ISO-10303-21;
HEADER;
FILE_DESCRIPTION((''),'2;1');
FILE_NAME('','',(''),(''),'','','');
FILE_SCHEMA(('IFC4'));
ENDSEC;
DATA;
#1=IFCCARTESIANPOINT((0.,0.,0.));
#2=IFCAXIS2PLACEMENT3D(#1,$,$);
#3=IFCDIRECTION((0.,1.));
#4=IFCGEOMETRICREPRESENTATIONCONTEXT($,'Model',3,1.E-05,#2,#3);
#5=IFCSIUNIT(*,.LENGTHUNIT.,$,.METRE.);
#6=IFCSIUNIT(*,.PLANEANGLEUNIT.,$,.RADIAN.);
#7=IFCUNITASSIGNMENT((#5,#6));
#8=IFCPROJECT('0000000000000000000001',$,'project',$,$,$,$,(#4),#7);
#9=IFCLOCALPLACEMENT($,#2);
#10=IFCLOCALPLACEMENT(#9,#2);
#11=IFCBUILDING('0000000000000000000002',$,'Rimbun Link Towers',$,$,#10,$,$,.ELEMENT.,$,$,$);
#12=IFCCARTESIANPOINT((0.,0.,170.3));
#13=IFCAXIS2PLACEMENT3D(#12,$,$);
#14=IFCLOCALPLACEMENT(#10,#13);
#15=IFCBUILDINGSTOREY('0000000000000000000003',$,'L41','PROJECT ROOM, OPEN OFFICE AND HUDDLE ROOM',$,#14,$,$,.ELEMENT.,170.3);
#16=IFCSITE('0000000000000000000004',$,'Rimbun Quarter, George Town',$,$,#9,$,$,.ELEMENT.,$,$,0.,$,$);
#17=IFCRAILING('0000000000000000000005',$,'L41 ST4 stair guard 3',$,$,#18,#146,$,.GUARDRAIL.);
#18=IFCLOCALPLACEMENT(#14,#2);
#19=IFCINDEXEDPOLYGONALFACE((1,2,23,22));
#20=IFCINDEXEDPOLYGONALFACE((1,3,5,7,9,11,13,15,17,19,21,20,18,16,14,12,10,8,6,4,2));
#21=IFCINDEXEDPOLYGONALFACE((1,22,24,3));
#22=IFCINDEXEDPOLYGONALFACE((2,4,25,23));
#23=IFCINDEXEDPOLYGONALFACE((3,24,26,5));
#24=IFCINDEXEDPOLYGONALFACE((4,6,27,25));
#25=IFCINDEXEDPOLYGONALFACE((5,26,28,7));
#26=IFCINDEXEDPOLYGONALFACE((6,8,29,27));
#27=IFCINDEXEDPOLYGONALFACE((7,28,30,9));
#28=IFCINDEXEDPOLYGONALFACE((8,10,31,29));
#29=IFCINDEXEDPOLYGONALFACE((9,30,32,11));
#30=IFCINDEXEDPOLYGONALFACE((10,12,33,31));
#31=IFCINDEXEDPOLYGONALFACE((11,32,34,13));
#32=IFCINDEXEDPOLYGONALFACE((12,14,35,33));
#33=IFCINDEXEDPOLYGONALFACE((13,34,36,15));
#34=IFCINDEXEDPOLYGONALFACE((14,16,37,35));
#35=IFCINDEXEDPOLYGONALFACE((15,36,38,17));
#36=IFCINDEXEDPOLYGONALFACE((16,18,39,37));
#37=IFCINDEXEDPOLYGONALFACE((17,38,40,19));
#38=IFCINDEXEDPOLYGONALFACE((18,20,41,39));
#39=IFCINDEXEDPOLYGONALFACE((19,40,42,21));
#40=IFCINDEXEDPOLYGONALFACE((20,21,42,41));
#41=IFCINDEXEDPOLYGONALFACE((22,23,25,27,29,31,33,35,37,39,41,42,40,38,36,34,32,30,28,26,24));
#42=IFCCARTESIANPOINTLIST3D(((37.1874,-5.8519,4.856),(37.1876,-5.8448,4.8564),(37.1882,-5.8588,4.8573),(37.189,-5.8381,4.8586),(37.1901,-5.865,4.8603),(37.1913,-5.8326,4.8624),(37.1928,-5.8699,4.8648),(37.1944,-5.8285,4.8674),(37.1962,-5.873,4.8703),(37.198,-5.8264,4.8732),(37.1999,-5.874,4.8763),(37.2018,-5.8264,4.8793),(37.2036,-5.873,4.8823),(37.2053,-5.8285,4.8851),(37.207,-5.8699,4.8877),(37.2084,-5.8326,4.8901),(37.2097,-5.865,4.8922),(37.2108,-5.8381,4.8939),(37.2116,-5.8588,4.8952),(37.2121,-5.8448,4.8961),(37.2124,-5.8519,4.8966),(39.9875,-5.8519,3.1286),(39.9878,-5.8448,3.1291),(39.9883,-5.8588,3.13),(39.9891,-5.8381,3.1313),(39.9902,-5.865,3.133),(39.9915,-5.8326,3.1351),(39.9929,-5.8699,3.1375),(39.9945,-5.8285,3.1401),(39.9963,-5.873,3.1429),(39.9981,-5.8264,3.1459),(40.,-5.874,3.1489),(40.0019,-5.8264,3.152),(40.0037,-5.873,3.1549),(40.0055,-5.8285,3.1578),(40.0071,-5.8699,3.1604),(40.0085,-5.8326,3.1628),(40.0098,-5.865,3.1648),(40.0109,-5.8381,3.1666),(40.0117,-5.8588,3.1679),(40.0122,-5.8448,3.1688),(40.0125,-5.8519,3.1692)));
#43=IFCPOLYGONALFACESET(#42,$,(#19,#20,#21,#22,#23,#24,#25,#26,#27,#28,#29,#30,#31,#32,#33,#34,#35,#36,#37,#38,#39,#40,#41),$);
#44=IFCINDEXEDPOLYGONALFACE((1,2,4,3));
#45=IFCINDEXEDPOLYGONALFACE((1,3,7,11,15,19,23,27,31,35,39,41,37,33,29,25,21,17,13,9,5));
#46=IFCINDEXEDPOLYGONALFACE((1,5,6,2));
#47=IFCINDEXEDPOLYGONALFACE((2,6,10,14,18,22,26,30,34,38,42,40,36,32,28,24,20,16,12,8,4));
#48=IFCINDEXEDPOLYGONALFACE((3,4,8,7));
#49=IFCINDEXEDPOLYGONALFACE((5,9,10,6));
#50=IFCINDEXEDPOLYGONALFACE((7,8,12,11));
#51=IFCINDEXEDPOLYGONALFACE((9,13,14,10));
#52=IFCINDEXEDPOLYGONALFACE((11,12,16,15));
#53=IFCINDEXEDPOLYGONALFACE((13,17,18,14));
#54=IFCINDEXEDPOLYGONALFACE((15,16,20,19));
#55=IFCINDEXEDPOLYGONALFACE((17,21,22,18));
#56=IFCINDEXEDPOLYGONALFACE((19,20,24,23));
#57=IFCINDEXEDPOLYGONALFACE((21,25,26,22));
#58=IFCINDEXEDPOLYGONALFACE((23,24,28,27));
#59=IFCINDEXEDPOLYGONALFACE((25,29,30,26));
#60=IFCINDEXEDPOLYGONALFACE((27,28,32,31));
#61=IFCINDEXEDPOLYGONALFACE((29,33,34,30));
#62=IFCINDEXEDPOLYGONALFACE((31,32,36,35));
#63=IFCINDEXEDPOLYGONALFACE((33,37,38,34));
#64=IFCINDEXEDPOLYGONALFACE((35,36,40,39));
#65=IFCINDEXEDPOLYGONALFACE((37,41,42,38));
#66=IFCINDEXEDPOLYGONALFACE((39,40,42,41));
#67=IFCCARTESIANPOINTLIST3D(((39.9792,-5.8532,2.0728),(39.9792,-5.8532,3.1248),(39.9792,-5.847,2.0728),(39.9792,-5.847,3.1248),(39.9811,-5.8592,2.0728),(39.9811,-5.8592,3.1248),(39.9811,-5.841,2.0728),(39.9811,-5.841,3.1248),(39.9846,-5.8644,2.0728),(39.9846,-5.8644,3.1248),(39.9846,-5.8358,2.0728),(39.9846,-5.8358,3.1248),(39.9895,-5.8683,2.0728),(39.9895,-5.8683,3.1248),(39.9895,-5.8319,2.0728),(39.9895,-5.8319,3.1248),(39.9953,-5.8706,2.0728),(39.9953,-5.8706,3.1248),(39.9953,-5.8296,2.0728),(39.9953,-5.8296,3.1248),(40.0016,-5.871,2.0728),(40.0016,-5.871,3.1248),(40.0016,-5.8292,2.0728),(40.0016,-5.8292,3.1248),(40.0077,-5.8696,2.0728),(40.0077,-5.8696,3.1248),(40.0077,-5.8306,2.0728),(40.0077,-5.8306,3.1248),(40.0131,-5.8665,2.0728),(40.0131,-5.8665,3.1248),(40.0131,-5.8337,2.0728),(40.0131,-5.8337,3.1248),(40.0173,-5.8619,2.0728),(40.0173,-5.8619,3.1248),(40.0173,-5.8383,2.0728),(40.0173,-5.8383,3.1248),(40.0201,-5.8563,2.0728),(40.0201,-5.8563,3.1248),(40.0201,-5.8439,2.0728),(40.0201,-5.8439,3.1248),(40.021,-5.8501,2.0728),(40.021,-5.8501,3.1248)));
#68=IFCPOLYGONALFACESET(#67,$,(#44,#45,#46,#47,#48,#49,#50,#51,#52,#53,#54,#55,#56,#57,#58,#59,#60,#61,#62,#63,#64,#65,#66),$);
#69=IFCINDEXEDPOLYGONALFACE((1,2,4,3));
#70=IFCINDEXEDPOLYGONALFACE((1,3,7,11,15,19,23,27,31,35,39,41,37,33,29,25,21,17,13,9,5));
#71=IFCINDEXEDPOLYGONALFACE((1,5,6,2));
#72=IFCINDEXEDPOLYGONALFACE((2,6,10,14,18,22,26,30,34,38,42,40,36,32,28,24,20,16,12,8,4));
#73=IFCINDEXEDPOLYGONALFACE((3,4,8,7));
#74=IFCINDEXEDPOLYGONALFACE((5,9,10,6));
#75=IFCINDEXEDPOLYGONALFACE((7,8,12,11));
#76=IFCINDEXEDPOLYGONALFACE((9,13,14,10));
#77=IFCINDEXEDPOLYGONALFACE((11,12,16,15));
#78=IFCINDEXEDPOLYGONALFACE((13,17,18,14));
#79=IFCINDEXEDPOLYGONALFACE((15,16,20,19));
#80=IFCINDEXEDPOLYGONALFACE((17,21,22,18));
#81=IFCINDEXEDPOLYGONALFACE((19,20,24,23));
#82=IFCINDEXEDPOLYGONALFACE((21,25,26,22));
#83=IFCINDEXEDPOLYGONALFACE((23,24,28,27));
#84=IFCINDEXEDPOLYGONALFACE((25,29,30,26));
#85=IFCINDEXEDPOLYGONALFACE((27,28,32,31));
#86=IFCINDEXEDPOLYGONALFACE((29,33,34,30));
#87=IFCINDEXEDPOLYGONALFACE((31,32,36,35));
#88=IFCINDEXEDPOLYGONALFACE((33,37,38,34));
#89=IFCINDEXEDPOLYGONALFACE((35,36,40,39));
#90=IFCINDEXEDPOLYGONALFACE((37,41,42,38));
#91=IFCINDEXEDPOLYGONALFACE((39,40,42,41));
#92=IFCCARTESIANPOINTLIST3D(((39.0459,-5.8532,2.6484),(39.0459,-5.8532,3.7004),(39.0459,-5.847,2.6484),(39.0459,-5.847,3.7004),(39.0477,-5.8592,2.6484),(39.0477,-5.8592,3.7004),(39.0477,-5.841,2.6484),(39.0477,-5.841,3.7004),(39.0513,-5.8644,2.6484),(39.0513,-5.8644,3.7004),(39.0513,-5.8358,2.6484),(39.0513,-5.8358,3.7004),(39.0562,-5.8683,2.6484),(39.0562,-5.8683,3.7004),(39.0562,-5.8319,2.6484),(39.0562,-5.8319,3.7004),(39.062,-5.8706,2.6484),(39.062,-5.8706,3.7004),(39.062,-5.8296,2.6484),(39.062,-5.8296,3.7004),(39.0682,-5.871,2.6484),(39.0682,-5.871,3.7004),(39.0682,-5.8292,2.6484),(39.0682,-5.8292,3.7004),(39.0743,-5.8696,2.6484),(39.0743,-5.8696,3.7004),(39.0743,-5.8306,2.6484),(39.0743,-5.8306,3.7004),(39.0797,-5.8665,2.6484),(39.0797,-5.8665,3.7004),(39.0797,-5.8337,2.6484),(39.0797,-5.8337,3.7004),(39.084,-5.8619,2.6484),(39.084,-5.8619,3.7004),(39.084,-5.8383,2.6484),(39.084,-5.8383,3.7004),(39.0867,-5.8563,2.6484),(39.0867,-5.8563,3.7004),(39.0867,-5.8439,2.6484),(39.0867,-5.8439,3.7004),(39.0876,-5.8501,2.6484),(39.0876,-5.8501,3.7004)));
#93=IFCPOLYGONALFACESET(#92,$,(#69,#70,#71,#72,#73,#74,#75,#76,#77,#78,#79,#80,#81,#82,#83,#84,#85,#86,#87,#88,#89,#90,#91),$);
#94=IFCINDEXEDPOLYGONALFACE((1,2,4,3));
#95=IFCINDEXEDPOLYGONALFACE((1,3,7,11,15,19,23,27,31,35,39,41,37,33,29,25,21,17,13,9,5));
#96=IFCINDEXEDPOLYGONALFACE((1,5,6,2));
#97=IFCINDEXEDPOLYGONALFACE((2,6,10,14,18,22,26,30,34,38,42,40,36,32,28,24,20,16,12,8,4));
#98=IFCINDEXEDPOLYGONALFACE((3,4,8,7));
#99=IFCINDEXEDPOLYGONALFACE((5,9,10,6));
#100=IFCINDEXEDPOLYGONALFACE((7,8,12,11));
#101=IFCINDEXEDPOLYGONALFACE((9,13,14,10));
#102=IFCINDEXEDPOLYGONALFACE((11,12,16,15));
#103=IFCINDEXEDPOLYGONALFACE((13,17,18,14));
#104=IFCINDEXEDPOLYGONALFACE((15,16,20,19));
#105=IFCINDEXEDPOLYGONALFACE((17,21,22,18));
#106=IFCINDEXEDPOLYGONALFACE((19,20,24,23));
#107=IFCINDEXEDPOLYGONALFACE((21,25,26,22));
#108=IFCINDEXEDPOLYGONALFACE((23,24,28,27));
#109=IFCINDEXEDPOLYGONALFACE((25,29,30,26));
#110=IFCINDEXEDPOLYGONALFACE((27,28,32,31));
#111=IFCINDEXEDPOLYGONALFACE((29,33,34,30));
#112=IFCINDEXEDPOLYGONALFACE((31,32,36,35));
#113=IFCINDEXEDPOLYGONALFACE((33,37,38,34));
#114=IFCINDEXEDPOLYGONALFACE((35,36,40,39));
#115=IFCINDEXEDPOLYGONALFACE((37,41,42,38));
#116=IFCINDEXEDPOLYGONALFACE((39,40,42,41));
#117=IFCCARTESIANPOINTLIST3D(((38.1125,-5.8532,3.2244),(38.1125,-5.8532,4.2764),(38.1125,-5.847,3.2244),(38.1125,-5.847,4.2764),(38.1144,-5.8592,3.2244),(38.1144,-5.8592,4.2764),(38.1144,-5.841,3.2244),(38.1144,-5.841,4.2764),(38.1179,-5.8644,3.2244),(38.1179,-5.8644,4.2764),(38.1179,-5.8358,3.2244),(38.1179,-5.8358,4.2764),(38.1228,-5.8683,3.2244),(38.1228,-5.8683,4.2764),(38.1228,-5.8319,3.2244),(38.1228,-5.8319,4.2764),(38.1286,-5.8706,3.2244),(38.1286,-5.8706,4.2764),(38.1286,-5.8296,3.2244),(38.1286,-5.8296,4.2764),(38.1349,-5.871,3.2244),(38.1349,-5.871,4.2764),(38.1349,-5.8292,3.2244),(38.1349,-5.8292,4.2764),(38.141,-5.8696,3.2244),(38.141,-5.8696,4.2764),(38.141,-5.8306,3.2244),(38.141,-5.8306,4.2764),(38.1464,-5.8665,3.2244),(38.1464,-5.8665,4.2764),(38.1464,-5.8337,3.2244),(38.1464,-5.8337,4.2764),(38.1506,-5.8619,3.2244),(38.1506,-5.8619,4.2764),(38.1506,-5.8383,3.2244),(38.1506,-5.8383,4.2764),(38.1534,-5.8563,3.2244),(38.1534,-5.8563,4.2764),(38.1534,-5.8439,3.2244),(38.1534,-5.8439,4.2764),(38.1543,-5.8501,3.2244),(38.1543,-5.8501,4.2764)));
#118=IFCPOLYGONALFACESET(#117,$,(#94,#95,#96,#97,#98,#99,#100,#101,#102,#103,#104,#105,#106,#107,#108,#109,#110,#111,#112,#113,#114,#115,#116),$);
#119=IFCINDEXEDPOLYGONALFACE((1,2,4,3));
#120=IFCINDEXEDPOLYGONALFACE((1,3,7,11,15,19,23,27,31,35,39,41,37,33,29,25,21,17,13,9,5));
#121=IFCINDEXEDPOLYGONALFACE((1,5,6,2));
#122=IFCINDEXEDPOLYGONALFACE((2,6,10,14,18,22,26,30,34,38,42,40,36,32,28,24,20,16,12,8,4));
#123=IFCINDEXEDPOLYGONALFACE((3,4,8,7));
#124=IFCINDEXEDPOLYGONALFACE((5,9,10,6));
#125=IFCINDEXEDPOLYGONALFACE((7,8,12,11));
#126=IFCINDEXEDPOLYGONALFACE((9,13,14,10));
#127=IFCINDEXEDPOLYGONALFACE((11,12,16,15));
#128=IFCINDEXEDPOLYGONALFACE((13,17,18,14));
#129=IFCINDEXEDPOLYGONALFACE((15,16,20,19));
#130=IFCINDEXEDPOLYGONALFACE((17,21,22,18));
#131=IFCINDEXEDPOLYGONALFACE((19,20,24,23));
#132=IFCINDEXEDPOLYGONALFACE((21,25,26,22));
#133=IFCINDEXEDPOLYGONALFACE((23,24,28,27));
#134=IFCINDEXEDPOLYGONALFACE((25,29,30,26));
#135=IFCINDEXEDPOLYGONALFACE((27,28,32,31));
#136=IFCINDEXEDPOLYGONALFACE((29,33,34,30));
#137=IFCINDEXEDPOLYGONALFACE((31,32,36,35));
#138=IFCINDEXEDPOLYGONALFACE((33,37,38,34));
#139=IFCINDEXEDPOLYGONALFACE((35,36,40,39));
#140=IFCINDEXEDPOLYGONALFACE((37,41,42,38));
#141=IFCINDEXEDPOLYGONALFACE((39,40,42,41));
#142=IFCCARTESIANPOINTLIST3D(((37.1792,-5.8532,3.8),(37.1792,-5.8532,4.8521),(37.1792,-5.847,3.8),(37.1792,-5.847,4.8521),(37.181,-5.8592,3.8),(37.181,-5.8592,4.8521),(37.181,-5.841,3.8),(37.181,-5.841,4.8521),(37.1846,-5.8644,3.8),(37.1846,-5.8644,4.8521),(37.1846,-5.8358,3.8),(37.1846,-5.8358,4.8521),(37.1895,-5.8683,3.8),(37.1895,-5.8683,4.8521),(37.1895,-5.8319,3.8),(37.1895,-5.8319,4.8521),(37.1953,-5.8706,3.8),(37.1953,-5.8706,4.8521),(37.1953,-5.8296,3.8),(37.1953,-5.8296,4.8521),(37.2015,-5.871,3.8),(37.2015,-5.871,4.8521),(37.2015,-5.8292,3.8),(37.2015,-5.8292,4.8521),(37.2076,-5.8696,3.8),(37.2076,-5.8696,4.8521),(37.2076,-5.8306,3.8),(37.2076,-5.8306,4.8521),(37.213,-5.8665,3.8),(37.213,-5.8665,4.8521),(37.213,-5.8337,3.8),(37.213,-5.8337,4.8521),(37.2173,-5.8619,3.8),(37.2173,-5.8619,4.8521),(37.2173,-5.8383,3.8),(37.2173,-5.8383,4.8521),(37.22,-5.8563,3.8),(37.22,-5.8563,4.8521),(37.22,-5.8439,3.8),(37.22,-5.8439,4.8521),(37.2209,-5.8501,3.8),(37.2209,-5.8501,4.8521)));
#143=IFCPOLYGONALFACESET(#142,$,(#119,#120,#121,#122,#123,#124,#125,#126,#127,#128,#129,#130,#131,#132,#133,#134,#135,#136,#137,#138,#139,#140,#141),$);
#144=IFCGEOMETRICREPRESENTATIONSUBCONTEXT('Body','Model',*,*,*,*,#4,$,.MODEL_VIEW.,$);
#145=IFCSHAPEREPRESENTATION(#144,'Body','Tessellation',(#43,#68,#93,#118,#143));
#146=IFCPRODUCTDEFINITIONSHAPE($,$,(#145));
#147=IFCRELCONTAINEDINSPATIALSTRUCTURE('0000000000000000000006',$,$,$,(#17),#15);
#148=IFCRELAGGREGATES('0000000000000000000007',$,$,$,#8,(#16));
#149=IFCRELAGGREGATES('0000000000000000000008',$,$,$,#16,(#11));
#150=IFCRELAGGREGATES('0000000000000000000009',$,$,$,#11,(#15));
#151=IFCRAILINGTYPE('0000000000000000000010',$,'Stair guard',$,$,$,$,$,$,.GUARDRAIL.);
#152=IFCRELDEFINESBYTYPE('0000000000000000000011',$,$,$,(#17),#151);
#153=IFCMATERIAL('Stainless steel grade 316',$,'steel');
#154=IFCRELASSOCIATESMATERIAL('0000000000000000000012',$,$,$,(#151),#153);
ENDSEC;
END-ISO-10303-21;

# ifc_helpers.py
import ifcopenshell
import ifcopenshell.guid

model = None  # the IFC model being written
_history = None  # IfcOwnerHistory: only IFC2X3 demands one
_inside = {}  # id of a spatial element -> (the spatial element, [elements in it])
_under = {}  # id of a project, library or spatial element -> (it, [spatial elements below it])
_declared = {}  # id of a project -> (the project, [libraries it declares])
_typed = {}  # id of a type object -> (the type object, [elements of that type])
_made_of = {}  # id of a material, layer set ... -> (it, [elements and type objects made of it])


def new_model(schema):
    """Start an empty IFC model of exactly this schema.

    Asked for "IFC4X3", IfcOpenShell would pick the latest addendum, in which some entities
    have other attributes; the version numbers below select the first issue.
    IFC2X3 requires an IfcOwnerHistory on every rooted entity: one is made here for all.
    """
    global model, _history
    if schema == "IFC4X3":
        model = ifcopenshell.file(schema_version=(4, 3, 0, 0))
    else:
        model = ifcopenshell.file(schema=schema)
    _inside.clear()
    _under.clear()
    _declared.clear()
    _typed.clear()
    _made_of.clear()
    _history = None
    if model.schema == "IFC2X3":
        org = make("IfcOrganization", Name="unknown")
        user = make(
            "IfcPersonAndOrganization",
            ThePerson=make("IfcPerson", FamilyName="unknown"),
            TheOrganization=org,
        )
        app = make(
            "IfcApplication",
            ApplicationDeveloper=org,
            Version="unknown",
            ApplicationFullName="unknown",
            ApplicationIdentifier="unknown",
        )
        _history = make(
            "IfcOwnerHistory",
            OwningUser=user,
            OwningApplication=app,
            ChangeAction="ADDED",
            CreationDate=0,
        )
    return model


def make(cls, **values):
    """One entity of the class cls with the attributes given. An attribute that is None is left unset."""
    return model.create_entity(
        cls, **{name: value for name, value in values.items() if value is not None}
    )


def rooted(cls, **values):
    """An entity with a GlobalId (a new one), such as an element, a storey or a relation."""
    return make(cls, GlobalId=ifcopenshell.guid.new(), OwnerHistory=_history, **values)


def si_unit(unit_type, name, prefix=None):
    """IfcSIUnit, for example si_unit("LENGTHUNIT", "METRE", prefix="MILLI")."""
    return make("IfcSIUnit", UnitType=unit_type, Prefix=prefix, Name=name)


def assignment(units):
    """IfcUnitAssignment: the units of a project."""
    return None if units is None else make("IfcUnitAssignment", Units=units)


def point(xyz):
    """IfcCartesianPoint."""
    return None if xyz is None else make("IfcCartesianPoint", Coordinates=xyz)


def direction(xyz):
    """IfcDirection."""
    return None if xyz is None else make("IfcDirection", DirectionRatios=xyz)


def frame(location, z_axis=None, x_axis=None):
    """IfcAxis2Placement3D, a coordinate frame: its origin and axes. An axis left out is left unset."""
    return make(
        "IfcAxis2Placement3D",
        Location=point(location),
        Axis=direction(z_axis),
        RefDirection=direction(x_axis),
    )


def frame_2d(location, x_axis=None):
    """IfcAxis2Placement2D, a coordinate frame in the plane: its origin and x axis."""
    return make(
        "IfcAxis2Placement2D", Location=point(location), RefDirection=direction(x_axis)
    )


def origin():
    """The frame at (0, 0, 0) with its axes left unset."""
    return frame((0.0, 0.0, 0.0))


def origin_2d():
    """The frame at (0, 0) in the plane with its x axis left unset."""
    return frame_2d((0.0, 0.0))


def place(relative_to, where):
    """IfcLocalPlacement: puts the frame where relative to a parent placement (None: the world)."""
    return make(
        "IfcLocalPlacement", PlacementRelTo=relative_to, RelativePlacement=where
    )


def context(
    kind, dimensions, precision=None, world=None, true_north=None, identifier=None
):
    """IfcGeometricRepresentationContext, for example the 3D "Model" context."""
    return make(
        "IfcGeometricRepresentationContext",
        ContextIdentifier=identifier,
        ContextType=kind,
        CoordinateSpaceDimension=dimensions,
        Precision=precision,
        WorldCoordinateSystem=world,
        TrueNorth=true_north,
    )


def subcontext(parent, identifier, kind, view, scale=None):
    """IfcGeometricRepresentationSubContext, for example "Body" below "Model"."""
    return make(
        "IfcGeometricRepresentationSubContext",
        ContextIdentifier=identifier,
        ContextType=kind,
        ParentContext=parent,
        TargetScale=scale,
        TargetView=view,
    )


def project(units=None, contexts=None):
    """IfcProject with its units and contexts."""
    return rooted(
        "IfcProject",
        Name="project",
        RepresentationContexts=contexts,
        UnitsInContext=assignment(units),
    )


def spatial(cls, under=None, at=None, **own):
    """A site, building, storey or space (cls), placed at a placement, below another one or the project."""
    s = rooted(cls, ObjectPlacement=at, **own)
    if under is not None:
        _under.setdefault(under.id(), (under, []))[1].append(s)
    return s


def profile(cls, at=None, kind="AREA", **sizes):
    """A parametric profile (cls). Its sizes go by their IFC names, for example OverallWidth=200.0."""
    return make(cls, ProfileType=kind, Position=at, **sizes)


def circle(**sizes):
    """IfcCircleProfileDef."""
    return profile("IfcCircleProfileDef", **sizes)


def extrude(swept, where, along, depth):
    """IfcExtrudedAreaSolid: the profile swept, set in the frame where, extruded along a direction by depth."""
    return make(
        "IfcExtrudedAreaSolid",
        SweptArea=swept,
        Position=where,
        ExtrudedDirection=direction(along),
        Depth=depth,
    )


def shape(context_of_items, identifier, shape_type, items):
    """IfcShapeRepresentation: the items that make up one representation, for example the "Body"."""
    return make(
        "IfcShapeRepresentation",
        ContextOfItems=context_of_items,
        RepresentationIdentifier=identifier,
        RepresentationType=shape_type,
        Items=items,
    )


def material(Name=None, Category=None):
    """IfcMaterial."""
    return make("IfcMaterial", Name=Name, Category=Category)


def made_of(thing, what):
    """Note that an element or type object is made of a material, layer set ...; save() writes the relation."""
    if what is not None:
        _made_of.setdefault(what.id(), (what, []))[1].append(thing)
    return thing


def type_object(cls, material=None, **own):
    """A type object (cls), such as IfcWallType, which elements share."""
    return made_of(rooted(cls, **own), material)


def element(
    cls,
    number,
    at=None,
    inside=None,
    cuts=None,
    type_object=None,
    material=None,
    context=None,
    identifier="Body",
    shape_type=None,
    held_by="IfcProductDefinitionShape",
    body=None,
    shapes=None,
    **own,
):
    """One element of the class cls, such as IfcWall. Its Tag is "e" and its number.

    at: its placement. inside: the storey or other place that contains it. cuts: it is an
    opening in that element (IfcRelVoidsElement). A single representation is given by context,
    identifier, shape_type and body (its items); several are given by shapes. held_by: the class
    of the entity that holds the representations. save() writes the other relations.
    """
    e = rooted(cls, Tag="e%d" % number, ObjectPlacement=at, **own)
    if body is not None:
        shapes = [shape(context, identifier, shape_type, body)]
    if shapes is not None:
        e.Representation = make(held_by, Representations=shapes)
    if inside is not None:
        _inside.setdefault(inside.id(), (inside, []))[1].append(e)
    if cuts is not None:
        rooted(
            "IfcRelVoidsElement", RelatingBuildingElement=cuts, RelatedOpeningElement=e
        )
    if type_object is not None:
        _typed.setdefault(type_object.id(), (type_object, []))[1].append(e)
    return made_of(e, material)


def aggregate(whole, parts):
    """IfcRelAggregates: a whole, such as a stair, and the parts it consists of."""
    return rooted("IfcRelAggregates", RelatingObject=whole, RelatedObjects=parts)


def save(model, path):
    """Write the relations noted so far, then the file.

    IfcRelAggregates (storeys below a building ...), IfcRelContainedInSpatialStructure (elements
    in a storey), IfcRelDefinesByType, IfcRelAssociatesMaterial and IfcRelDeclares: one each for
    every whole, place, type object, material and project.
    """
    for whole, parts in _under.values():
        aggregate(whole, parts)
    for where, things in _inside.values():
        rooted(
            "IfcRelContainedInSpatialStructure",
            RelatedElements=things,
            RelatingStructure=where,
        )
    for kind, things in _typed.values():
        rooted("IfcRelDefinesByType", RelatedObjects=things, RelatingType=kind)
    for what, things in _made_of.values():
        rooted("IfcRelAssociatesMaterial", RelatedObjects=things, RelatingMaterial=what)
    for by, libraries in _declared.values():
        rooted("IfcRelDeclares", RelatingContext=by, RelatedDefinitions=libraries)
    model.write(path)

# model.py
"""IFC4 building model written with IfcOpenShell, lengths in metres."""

from ifc_helpers import new_model, si_unit, direction, frame, origin, origin_2d, place, context, subcontext, project, spatial, circle, extrude, material, type_object, element, save


model = new_model("IFC4")

# Units and contexts
model_context = context("Model", 3, precision=1e-05, world=origin(), true_north=direction((0.0, 1.0)))
body_context = subcontext(model_context, "Body", "Model", "MODEL_VIEW")
ifc_project = project(units=[si_unit("LENGTHUNIT", "METRE"), si_unit("PLANEANGLEUNIT", "RADIAN")], contexts=[model_context])

# Site, building, storey
site_placement = place(None, origin())
site = spatial("IfcSite", under=ifc_project, at=site_placement, Name="Rimbun Quarter, George Town", CompositionType="ELEMENT", RefElevation=0.0)
building_placement = place(site_placement, origin())
building = spatial("IfcBuilding", under=site, at=building_placement, Name="Rimbun Link Towers", CompositionType="ELEMENT")
storey_placement = place(building_placement, frame((0.0, 0.0, 170.3)))
storey = spatial("IfcBuildingStorey", under=building, at=storey_placement, Name="L41", Description="PROJECT ROOM, OPEN OFFICE AND HUDDLE ROOM", CompositionType="ELEMENT", Elevation=170.3)

# Railing
ifc_material_1 = material(Name="Stainless steel grade 316", Category="steel")
railing_type = type_object("IfcRailingType", Name="Stair guard", PredefinedType="GUARDRAIL", material=ifc_material_1)
railing_1_placement = place(storey_placement, frame((40.0, -5.8501, 2.0728)))
element("IfcRailing", 1, at=railing_1_placement, inside=storey, type_object=railing_type, Name="L41 ST4 stair guard 3", PredefinedType="GUARDRAIL", context=body_context, shape_type="SweptSolid", body=[
    extrude(circle(Radius=0.0239, at=origin_2d()), frame((0.0, 0.0, 1.0762), z_axis=(-0.85109, 0.0, 0.52502), x_axis=(0.0, -1.0, 0.0)), (0.0, 0.0, 1.0), 3.29),
    extrude(circle(Radius=0.021, at=origin_2d()), origin(), (0.0, 0.0, 1.0), 1.052),
    extrude(circle(Radius=0.021, at=origin_2d()), frame((-0.9333, 0.0, 0.5757)), (0.0, 0.0, 1.0), 1.052),
    extrude(circle(Radius=0.021, at=origin_2d()), frame((-1.8667, 0.0, 1.1516)), (0.0, 0.0, 1.0), 1.052),
    extrude(circle(Radius=0.021, at=origin_2d()), frame((-2.8, 0.0, 1.7273)), (0.0, 0.0, 1.0), 1.052),
])

save(model, "model.ifc")
